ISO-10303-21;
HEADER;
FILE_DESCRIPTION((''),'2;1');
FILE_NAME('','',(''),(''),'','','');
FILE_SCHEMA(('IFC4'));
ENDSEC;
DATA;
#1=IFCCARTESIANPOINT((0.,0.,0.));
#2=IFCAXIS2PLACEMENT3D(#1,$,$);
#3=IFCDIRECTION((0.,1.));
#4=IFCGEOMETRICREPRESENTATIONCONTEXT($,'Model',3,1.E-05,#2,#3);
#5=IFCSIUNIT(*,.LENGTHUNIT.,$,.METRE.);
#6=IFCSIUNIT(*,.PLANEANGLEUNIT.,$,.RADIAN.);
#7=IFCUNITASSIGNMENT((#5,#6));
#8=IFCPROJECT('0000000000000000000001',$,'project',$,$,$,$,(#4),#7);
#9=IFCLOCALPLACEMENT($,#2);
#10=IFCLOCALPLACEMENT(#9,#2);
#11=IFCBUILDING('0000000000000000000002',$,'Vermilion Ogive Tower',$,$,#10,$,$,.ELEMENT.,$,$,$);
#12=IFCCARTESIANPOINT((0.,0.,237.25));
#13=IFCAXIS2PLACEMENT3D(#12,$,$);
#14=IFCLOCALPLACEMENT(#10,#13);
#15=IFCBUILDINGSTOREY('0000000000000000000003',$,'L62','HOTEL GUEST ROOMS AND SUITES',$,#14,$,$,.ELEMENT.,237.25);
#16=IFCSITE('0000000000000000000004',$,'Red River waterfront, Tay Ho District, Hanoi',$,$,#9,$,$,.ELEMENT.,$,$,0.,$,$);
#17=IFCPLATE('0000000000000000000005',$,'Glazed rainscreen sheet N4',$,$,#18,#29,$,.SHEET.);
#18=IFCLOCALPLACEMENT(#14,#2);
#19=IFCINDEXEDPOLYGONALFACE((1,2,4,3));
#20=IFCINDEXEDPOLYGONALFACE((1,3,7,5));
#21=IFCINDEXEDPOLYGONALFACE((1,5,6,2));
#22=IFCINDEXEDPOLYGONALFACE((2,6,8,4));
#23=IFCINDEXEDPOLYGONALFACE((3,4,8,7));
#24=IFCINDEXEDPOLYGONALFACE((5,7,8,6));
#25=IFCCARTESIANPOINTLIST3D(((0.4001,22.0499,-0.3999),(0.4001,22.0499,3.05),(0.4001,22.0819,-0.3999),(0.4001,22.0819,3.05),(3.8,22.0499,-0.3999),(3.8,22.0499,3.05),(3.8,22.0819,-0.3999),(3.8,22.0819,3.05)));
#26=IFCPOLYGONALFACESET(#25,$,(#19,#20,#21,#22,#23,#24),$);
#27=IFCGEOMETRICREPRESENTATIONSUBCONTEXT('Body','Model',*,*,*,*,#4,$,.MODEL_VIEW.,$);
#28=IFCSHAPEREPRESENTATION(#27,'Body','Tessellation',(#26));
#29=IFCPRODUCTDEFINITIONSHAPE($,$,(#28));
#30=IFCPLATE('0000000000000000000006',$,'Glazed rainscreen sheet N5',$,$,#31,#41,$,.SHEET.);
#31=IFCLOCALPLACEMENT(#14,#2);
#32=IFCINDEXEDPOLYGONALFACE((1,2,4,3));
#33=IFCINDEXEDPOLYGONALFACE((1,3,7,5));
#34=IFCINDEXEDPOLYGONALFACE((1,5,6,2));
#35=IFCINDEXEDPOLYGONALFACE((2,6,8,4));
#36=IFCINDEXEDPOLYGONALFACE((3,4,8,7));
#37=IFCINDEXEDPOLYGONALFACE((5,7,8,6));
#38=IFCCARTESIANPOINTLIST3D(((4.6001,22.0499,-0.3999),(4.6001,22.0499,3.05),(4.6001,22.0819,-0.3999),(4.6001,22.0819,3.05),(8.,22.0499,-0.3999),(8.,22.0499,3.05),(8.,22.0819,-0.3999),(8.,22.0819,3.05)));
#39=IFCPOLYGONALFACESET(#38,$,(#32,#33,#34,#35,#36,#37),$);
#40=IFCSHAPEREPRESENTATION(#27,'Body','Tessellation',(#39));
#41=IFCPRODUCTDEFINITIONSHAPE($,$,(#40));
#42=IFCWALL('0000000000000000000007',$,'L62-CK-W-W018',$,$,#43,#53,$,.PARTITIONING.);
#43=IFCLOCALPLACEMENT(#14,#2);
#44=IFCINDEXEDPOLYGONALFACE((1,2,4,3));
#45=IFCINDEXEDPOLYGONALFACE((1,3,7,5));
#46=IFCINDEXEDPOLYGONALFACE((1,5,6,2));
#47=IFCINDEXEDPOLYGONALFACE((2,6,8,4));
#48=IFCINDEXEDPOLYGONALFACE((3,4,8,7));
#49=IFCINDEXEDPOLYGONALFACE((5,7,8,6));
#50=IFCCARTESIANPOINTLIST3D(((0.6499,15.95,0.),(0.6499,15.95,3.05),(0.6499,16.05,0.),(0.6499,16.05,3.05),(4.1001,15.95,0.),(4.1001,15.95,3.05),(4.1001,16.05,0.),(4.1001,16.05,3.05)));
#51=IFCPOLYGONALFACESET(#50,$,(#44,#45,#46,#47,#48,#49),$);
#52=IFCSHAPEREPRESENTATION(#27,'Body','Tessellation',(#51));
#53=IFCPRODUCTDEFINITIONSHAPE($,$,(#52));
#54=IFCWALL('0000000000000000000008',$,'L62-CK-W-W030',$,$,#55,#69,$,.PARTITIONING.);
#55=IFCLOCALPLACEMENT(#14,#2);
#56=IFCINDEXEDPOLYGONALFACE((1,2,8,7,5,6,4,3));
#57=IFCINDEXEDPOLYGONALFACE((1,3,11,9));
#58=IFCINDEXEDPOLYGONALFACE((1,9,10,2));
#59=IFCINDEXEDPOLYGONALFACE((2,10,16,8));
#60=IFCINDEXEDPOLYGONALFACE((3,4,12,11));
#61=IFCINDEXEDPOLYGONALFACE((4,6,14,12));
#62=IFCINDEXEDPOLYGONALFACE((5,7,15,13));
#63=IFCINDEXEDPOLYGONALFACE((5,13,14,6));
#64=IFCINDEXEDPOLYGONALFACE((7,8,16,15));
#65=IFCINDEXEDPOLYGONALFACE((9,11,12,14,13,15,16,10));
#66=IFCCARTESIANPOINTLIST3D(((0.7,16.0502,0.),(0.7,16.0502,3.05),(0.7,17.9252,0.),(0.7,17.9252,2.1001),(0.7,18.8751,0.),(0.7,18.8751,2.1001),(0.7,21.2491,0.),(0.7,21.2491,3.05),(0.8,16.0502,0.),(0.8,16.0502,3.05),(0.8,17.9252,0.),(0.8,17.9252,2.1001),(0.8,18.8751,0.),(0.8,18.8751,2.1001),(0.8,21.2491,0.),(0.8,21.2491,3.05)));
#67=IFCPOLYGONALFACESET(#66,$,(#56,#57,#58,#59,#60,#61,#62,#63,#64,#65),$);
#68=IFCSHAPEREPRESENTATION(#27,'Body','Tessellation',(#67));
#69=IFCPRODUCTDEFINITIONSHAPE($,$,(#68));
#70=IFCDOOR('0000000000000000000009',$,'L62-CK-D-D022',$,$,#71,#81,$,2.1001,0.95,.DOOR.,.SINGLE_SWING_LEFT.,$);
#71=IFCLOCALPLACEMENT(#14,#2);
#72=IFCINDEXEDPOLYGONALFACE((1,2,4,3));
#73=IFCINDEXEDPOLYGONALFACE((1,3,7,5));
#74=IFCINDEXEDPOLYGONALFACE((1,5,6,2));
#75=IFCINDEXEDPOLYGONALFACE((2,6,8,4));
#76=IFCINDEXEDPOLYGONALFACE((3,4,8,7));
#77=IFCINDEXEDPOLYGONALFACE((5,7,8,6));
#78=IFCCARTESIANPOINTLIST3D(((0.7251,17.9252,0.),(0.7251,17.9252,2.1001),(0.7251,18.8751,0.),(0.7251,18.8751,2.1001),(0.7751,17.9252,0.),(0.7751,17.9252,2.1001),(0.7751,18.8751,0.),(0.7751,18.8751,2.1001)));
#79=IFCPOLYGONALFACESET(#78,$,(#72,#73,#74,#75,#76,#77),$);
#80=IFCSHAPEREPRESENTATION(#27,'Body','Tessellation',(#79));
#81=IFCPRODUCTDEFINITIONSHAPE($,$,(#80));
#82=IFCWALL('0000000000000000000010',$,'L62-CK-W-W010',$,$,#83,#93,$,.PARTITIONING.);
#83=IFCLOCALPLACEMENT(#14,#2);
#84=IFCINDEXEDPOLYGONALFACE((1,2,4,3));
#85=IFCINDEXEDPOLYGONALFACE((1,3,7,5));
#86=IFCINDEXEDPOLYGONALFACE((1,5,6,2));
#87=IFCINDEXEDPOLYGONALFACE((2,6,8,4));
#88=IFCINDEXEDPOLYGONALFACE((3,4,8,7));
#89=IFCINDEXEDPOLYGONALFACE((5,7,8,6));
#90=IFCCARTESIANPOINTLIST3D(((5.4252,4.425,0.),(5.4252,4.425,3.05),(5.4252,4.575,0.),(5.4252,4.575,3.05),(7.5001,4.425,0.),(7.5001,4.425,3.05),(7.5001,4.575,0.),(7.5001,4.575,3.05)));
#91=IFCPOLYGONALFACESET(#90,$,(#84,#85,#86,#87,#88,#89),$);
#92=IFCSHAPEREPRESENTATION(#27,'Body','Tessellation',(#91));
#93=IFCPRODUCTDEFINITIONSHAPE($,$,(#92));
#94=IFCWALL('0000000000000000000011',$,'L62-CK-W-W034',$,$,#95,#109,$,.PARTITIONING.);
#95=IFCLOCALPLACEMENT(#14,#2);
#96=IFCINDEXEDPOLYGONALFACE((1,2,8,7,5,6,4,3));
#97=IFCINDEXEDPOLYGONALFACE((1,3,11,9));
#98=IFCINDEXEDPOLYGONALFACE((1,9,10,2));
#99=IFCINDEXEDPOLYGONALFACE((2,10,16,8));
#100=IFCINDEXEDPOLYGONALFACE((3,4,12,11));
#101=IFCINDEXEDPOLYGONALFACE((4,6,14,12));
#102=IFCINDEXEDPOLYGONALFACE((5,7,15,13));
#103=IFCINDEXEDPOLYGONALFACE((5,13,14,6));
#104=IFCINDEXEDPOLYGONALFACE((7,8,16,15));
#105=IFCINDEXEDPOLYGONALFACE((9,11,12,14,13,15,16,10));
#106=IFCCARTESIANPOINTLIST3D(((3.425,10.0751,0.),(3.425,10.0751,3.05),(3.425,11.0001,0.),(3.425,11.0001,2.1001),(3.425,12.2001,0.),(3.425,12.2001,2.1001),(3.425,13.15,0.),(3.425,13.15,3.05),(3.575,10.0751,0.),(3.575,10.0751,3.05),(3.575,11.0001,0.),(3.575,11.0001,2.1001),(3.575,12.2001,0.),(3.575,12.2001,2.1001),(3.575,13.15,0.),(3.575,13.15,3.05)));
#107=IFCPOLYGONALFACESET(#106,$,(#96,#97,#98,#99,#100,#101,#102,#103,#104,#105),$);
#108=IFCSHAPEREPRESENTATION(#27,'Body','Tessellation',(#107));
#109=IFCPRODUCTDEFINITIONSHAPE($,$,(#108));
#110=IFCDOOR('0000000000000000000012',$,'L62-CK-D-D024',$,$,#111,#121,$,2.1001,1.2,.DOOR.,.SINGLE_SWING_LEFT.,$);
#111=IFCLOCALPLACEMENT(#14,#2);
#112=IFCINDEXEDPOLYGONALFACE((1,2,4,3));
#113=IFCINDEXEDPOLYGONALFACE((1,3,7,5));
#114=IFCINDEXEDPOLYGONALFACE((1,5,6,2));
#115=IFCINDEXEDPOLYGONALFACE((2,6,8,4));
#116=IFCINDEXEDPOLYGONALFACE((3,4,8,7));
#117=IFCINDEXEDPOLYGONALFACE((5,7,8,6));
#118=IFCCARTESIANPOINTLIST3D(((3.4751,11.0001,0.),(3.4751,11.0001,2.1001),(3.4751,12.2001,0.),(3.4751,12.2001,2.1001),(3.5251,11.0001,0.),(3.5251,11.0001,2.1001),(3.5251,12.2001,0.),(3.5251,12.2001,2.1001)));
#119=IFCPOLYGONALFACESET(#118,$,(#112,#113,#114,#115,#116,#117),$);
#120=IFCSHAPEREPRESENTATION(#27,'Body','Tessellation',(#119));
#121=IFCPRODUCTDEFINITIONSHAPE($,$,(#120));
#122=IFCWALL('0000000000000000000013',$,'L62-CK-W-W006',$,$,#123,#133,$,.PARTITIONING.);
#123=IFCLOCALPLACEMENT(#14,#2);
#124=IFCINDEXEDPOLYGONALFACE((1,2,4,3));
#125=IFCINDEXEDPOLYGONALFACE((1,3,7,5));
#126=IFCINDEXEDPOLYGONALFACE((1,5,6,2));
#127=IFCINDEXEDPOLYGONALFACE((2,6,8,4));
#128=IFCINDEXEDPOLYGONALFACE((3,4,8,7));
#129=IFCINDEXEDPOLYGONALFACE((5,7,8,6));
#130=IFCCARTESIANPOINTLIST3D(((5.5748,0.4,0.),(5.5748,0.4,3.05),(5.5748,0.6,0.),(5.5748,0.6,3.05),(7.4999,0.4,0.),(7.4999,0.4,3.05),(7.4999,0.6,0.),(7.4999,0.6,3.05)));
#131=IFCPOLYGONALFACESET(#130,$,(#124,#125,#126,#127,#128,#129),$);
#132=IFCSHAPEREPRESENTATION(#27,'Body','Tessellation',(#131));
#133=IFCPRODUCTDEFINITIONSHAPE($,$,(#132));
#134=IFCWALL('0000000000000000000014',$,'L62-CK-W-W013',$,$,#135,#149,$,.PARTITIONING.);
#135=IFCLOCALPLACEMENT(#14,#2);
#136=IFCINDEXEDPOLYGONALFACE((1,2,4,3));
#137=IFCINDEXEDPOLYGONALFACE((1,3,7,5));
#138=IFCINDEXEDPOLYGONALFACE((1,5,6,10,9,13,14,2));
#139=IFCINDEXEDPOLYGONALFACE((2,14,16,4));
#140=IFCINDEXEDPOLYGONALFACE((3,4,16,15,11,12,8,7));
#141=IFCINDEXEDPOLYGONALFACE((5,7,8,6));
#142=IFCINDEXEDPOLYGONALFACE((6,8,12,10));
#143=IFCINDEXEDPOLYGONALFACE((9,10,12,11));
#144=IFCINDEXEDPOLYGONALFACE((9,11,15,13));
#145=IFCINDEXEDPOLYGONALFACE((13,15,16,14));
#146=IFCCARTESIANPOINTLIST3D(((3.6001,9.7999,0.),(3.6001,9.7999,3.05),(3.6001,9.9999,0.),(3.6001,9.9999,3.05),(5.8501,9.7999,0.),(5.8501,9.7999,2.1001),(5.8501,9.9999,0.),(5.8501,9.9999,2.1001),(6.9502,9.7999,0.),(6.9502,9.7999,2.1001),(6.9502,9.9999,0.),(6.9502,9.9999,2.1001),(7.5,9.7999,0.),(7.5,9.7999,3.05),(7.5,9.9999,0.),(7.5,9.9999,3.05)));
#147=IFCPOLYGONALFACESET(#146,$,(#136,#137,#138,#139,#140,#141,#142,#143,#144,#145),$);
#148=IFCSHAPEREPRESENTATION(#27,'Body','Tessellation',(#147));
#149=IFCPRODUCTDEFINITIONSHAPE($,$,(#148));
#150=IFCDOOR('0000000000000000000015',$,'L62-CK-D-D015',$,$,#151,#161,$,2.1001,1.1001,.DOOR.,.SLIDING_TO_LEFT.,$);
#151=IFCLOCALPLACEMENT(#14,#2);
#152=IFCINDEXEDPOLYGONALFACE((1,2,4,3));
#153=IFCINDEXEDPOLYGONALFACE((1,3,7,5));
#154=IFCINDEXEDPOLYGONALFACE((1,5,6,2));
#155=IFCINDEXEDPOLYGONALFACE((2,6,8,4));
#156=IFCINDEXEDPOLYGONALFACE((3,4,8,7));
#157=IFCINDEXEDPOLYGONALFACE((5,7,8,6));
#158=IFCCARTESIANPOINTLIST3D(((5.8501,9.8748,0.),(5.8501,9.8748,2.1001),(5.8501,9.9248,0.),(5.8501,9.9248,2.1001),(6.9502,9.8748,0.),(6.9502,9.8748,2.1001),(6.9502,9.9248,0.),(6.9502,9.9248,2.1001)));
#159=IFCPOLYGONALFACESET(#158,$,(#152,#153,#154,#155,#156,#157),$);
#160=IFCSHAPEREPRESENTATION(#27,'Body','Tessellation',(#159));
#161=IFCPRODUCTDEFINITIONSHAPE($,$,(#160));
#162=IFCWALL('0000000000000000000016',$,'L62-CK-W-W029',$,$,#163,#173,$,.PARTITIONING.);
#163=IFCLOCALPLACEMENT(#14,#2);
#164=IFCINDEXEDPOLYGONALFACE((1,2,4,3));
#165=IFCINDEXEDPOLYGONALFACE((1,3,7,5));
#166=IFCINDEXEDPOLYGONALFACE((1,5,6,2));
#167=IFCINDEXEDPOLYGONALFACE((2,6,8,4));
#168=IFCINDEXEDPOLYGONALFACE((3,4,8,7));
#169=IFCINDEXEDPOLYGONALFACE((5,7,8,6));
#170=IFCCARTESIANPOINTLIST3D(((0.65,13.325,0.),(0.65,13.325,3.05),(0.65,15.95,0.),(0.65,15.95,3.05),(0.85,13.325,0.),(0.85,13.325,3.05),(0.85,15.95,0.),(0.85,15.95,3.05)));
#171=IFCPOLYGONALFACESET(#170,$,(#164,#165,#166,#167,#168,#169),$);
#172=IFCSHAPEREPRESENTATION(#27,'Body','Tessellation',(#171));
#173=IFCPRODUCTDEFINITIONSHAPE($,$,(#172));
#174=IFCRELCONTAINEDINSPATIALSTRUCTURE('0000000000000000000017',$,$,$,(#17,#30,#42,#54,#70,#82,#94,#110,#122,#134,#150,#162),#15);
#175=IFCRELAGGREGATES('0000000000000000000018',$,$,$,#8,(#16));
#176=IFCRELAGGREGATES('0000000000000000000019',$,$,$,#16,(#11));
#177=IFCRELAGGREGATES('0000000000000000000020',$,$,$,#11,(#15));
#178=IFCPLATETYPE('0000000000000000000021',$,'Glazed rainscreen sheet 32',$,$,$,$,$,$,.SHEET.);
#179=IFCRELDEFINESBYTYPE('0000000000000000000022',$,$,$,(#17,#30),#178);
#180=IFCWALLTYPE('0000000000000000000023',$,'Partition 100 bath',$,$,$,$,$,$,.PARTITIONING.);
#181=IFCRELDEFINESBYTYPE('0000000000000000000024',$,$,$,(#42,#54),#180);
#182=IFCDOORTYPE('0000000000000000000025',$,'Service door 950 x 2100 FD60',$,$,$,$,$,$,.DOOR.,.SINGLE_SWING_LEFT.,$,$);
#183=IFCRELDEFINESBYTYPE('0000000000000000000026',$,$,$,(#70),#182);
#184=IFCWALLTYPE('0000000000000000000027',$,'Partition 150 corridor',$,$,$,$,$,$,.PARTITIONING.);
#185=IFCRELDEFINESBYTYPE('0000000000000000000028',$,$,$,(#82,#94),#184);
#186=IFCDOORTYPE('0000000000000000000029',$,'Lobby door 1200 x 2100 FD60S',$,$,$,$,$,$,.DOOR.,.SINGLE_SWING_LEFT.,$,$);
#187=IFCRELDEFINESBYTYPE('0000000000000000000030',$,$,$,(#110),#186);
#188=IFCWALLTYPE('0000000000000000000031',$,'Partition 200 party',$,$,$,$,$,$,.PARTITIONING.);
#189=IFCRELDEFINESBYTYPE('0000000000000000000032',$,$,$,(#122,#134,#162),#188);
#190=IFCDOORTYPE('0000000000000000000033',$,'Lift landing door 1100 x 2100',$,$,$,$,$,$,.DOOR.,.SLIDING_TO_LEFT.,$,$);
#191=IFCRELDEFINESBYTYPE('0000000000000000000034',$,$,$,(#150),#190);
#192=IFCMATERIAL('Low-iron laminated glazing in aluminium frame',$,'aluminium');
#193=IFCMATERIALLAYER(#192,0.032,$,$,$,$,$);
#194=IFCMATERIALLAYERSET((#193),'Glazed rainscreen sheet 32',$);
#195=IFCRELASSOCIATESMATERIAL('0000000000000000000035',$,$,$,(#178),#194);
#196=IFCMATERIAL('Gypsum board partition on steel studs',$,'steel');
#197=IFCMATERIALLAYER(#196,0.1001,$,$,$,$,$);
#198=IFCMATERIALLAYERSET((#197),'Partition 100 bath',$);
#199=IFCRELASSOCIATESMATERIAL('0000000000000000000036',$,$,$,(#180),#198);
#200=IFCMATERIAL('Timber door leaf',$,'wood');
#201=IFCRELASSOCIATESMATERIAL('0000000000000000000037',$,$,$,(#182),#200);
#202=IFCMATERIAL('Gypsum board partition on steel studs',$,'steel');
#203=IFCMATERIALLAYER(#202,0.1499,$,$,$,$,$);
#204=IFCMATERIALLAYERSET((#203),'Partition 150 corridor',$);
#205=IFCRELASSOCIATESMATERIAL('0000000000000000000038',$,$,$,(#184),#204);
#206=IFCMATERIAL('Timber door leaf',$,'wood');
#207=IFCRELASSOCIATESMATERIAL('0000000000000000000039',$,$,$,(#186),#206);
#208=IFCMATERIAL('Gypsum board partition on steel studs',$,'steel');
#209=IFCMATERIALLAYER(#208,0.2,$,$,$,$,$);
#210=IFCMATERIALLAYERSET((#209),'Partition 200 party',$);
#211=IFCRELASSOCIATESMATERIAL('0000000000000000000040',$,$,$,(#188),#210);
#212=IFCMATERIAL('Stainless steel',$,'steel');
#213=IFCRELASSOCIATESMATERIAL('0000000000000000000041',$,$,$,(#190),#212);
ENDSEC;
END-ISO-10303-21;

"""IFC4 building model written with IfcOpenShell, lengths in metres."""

from ifc_helpers import new_model, si_unit, direction, frame, frame_2d, origin, origin_2d, place, context, subcontext, project, spatial, rectangle, extrude, material, layer, layer_set, type_object, element, fill, save


model = new_model("IFC4")

# Units and contexts
model_context = context("Model", 3, precision=1e-05, world=origin(), true_north=direction((0.0, 1.0)))
body_context = subcontext(model_context, "Body", "Model", "MODEL_VIEW")
ifc_project = project(units=[si_unit("LENGTHUNIT", "METRE"), si_unit("PLANEANGLEUNIT", "RADIAN")], contexts=[model_context])

# Site, building, storey
site_placement = place(None, origin())
site = spatial("IfcSite", under=ifc_project, at=site_placement, Name="Red River waterfront, Tay Ho District, Hanoi", CompositionType="ELEMENT", RefElevation=0.0)
building_placement = place(site_placement, origin())
building = spatial("IfcBuilding", under=site, at=building_placement, Name="Vermilion Ogive Tower", CompositionType="ELEMENT")
storey_placement = place(building_placement, frame((0.0, 0.0, 237.25)))
storey = spatial("IfcBuildingStorey", under=building, at=storey_placement, Name="L62", Description="HOTEL GUEST ROOMS AND SUITES", CompositionType="ELEMENT", Elevation=237.25)

# Plates
ifc_material_1 = material(Name="Low-iron laminated glazing in aluminium frame", Category="aluminium")
ifc_layer_1 = layer(ifc_material_1, 0.032)
ifc_layer_set_1 = layer_set([ifc_layer_1], Name="Glazed rainscreen sheet 32")
plate_type = type_object("IfcPlateType", Name="Glazed rainscreen sheet 32", PredefinedType="SHEET", material=ifc_layer_set_1)
for number, where, z_axis, x_axis, name in (
    (1, (2.1001, 22.0659, -0.3999), (0.0, 0.0, 1.0), (1.0, 0.0, 0.0), "Glazed rainscreen sheet N4"),
    (2, (6.3, 22.0659, -0.3999), (0.0, 0.0, 1.0), (1.0, 0.0, 0.0), "Glazed rainscreen sheet N5"),
):
    element("IfcPlate", number, at=place(storey_placement, frame(where, z_axis=z_axis, x_axis=x_axis)), inside=storey, type_object=plate_type, Name=name, PredefinedType="SHEET", context=body_context, shape_type="SweptSolid", body=[
        extrude(rectangle(XDim=3.3999, YDim=0.032, at=origin_2d()), origin(), (0.0, 0.0, 1.0), 3.45),
    ])

# Wall
ifc_material_2 = material(Name="Gypsum board partition on steel studs", Category="steel")
ifc_layer_2 = layer(ifc_material_2, 0.1001)
ifc_layer_set_2 = layer_set([ifc_layer_2], Name="Partition 100 bath")
wall_type_1 = type_object("IfcWallType", Name="Partition 100 bath", PredefinedType="PARTITIONING", material=ifc_layer_set_2)
wall_1_placement = place(storey_placement, frame((0.6499, 16.0, 0.0), z_axis=(0.0, 0.0, 1.0), x_axis=(1.0, 0.0, 0.0)))
element("IfcWall", 3, at=wall_1_placement, inside=storey, type_object=wall_type_1, Name="L62-CK-W-W018", PredefinedType="PARTITIONING", context=body_context, shape_type="SweptSolid", body=[
    extrude(rectangle(XDim=3.4502, YDim=0.1001, at=frame_2d((1.7251, 0.0))), origin(), (0.0, 0.0, 1.0), 3.05),
])

# Wall, opening, door
wall_2_placement = place(storey_placement, frame((0.75, 16.05, 0.0), z_axis=(0.0, 0.0, 1.0), x_axis=(0.0, 1.0, 0.0)))
wall_2 = element("IfcWall", 4, at=wall_2_placement, inside=storey, type_object=wall_type_1, Name="L62-CK-W-W030", PredefinedType="PARTITIONING", context=body_context, shape_type="SweptSolid", body=[
    extrude(rectangle(XDim=5.199, YDim=0.1001, at=frame_2d((2.5996, 0.0))), origin(), (0.0, 0.0, 1.0), 3.05),
])
opening_1_placement = place(wall_2_placement, frame((1.875, 0.0, 0.0)))
opening_1 = element("IfcOpeningElement", 5, at=opening_1_placement, cuts=wall_2, PredefinedType="OPENING", context=body_context, shape_type="SweptSolid", body=[
    extrude(rectangle(XDim=0.95, YDim=2.1001, at=frame_2d((0.4751, 1.05))), frame((0.0, 0.0601, 0.0), z_axis=(0.0, -1.0, 0.0), x_axis=(1.0, 0.0, 0.0)), (0.0, 0.0, 1.0), 0.1201),
])
ifc_material_3 = material(Name="Timber door leaf", Category="wood")
door_type_1 = type_object("IfcDoorType", Name="Service door 950 x 2100 FD60", OperationType="SINGLE_SWING_LEFT", PredefinedType="DOOR", material=ifc_material_3)
door_1_placement = place(opening_1_placement, origin())
door_1 = element("IfcDoor", 6, at=door_1_placement, inside=storey, type_object=door_type_1, Name="L62-CK-D-D022", OperationType="SINGLE_SWING_LEFT", OverallHeight=2.1001, OverallWidth=0.95, PredefinedType="DOOR", context=body_context, shape_type="SweptSolid", body=[
    extrude(rectangle(XDim=0.95, YDim=2.1001, at=frame_2d((0.4751, 1.05))), frame((0.0, 0.0249, 0.0), z_axis=(0.0, -1.0, 0.0), x_axis=(1.0, 0.0, 0.0)), (0.0, 0.0, 1.0), 0.05),
])
fill(opening_1, door_1)

# Wall
ifc_material_4 = material(Name="Gypsum board partition on steel studs", Category="steel")
ifc_layer_3 = layer(ifc_material_4, 0.1499)
ifc_layer_set_3 = layer_set([ifc_layer_3], Name="Partition 150 corridor")
wall_type_2 = type_object("IfcWallType", Name="Partition 150 corridor", PredefinedType="PARTITIONING", material=ifc_layer_set_3)
wall_3_placement = place(storey_placement, frame((5.425, 4.5, 0.0), z_axis=(0.0, 0.0, 1.0), x_axis=(1.0, 0.0, 0.0)))
element("IfcWall", 7, at=wall_3_placement, inside=storey, type_object=wall_type_2, Name="L62-CK-W-W010", PredefinedType="PARTITIONING", context=body_context, shape_type="SweptSolid", body=[
    extrude(rectangle(XDim=2.075, YDim=0.1499, at=frame_2d((1.0376, 0.0))), origin(), (0.0, 0.0, 1.0), 3.05),
])

# Wall, opening, door
wall_4_placement = place(storey_placement, frame((3.5, 10.075, 0.0), z_axis=(0.0, 0.0, 1.0), x_axis=(0.0, 1.0, 0.0)))
wall_4 = element("IfcWall", 8, at=wall_4_placement, inside=storey, type_object=wall_type_2, Name="L62-CK-W-W034", PredefinedType="PARTITIONING", context=body_context, shape_type="SweptSolid", body=[
    extrude(rectangle(XDim=3.075, YDim=0.1499, at=frame_2d((1.5376, 0.0))), origin(), (0.0, 0.0, 1.0), 3.05),
])
opening_2_placement = place(wall_4_placement, frame((0.925, 0.0, 0.0)))
opening_2 = element("IfcOpeningElement", 9, at=opening_2_placement, cuts=wall_4, PredefinedType="OPENING", context=body_context, shape_type="SweptSolid", body=[
    extrude(rectangle(XDim=1.2, YDim=2.1001, at=frame_2d((0.6001, 1.05))), frame((0.0, 0.085, 0.0), z_axis=(0.0, -1.0, 0.0), x_axis=(1.0, 0.0, 0.0)), (0.0, 0.0, 1.0), 0.1699),
])
ifc_material_5 = material(Name="Timber door leaf", Category="wood")
door_type_2 = type_object("IfcDoorType", Name="Lobby door 1200 x 2100 FD60S", OperationType="SINGLE_SWING_LEFT", PredefinedType="DOOR", material=ifc_material_5)
door_2_placement = place(opening_2_placement, origin())
door_2 = element("IfcDoor", 10, at=door_2_placement, inside=storey, type_object=door_type_2, Name="L62-CK-D-D024", OperationType="SINGLE_SWING_LEFT", OverallHeight=2.1001, OverallWidth=1.2, PredefinedType="DOOR", context=body_context, shape_type="SweptSolid", body=[
    extrude(rectangle(XDim=1.2, YDim=2.1001, at=frame_2d((0.6001, 1.05))), frame((0.0, 0.0249, 0.0), z_axis=(0.0, -1.0, 0.0), x_axis=(1.0, 0.0, 0.0)), (0.0, 0.0, 1.0), 0.05),
])
fill(opening_2, door_2)

# Wall
ifc_material_6 = material(Name="Gypsum board partition on steel studs", Category="steel")
ifc_layer_4 = layer(ifc_material_6, 0.2)
ifc_layer_set_4 = layer_set([ifc_layer_4], Name="Partition 200 party")
wall_type_3 = type_object("IfcWallType", Name="Partition 200 party", PredefinedType="PARTITIONING", material=ifc_layer_set_4)
wall_5_placement = place(storey_placement, frame((5.575, 0.5, 0.0), z_axis=(0.0, 0.0, 1.0), x_axis=(1.0, 0.0, 0.0)))
element("IfcWall", 11, at=wall_5_placement, inside=storey, type_object=wall_type_3, Name="L62-CK-W-W006", PredefinedType="PARTITIONING", context=body_context, shape_type="SweptSolid", body=[
    extrude(rectangle(XDim=1.925, YDim=0.2, at=frame_2d((0.9624, 0.0))), origin(), (0.0, 0.0, 1.0), 3.05),
])

# Wall, opening, door
wall_6_placement = place(storey_placement, frame((3.6001, 9.8999, 0.0), z_axis=(0.0, 0.0, 1.0), x_axis=(1.0, 0.0, 0.0)))
wall_6 = element("IfcWall", 12, at=wall_6_placement, inside=storey, type_object=wall_type_3, Name="L62-CK-W-W013", PredefinedType="PARTITIONING", context=body_context, shape_type="SweptSolid", body=[
    extrude(rectangle(XDim=3.8999, YDim=0.2, at=frame_2d((1.95, 0.0))), origin(), (0.0, 0.0, 1.0), 3.05),
])
opening_3_placement = place(wall_6_placement, frame((2.25, 0.0, 0.0)))
opening_3 = element("IfcOpeningElement", 13, at=opening_3_placement, cuts=wall_6, PredefinedType="OPENING", context=body_context, shape_type="SweptSolid", body=[
    extrude(rectangle(XDim=1.1001, YDim=2.1001, at=frame_2d((0.55, 1.05))), frame((0.0, 0.1099, 0.0), z_axis=(0.0, -1.0, 0.0), x_axis=(1.0, 0.0, 0.0)), (0.0, 0.0, 1.0), 0.22),
])
ifc_material_7 = material(Name="Stainless steel", Category="steel")
door_type_3 = type_object("IfcDoorType", Name="Lift landing door 1100 x 2100", OperationType="SLIDING_TO_LEFT", PredefinedType="DOOR", material=ifc_material_7)
door_3_placement = place(opening_3_placement, origin())
door_3 = element("IfcDoor", 14, at=door_3_placement, inside=storey, type_object=door_type_3, Name="L62-CK-D-D015", OperationType="SLIDING_TO_LEFT", OverallHeight=2.1001, OverallWidth=1.1001, PredefinedType="DOOR", context=body_context, shape_type="SweptSolid", body=[
    extrude(rectangle(XDim=1.1001, YDim=2.1001, at=frame_2d((0.55, 1.05))), frame((0.0, 0.0249, 0.0), z_axis=(0.0, -1.0, 0.0), x_axis=(1.0, 0.0, 0.0)), (0.0, 0.0, 1.0), 0.05),
])
fill(opening_3, door_3)

# Wall
wall_7_placement = place(storey_placement, frame((0.75, 13.325, 0.0), z_axis=(0.0, 0.0, 1.0), x_axis=(0.0, 1.0, 0.0)))
element("IfcWall", 15, at=wall_7_placement, inside=storey, type_object=wall_type_3, Name="L62-CK-W-W029", PredefinedType="PARTITIONING", context=body_context, shape_type="SweptSolid", body=[
    extrude(rectangle(XDim=2.625, YDim=0.2, at=frame_2d((1.3125, 0.0))), origin(), (0.0, 0.0, 1.0), 3.05),
])

save(model, "model.ifc")
